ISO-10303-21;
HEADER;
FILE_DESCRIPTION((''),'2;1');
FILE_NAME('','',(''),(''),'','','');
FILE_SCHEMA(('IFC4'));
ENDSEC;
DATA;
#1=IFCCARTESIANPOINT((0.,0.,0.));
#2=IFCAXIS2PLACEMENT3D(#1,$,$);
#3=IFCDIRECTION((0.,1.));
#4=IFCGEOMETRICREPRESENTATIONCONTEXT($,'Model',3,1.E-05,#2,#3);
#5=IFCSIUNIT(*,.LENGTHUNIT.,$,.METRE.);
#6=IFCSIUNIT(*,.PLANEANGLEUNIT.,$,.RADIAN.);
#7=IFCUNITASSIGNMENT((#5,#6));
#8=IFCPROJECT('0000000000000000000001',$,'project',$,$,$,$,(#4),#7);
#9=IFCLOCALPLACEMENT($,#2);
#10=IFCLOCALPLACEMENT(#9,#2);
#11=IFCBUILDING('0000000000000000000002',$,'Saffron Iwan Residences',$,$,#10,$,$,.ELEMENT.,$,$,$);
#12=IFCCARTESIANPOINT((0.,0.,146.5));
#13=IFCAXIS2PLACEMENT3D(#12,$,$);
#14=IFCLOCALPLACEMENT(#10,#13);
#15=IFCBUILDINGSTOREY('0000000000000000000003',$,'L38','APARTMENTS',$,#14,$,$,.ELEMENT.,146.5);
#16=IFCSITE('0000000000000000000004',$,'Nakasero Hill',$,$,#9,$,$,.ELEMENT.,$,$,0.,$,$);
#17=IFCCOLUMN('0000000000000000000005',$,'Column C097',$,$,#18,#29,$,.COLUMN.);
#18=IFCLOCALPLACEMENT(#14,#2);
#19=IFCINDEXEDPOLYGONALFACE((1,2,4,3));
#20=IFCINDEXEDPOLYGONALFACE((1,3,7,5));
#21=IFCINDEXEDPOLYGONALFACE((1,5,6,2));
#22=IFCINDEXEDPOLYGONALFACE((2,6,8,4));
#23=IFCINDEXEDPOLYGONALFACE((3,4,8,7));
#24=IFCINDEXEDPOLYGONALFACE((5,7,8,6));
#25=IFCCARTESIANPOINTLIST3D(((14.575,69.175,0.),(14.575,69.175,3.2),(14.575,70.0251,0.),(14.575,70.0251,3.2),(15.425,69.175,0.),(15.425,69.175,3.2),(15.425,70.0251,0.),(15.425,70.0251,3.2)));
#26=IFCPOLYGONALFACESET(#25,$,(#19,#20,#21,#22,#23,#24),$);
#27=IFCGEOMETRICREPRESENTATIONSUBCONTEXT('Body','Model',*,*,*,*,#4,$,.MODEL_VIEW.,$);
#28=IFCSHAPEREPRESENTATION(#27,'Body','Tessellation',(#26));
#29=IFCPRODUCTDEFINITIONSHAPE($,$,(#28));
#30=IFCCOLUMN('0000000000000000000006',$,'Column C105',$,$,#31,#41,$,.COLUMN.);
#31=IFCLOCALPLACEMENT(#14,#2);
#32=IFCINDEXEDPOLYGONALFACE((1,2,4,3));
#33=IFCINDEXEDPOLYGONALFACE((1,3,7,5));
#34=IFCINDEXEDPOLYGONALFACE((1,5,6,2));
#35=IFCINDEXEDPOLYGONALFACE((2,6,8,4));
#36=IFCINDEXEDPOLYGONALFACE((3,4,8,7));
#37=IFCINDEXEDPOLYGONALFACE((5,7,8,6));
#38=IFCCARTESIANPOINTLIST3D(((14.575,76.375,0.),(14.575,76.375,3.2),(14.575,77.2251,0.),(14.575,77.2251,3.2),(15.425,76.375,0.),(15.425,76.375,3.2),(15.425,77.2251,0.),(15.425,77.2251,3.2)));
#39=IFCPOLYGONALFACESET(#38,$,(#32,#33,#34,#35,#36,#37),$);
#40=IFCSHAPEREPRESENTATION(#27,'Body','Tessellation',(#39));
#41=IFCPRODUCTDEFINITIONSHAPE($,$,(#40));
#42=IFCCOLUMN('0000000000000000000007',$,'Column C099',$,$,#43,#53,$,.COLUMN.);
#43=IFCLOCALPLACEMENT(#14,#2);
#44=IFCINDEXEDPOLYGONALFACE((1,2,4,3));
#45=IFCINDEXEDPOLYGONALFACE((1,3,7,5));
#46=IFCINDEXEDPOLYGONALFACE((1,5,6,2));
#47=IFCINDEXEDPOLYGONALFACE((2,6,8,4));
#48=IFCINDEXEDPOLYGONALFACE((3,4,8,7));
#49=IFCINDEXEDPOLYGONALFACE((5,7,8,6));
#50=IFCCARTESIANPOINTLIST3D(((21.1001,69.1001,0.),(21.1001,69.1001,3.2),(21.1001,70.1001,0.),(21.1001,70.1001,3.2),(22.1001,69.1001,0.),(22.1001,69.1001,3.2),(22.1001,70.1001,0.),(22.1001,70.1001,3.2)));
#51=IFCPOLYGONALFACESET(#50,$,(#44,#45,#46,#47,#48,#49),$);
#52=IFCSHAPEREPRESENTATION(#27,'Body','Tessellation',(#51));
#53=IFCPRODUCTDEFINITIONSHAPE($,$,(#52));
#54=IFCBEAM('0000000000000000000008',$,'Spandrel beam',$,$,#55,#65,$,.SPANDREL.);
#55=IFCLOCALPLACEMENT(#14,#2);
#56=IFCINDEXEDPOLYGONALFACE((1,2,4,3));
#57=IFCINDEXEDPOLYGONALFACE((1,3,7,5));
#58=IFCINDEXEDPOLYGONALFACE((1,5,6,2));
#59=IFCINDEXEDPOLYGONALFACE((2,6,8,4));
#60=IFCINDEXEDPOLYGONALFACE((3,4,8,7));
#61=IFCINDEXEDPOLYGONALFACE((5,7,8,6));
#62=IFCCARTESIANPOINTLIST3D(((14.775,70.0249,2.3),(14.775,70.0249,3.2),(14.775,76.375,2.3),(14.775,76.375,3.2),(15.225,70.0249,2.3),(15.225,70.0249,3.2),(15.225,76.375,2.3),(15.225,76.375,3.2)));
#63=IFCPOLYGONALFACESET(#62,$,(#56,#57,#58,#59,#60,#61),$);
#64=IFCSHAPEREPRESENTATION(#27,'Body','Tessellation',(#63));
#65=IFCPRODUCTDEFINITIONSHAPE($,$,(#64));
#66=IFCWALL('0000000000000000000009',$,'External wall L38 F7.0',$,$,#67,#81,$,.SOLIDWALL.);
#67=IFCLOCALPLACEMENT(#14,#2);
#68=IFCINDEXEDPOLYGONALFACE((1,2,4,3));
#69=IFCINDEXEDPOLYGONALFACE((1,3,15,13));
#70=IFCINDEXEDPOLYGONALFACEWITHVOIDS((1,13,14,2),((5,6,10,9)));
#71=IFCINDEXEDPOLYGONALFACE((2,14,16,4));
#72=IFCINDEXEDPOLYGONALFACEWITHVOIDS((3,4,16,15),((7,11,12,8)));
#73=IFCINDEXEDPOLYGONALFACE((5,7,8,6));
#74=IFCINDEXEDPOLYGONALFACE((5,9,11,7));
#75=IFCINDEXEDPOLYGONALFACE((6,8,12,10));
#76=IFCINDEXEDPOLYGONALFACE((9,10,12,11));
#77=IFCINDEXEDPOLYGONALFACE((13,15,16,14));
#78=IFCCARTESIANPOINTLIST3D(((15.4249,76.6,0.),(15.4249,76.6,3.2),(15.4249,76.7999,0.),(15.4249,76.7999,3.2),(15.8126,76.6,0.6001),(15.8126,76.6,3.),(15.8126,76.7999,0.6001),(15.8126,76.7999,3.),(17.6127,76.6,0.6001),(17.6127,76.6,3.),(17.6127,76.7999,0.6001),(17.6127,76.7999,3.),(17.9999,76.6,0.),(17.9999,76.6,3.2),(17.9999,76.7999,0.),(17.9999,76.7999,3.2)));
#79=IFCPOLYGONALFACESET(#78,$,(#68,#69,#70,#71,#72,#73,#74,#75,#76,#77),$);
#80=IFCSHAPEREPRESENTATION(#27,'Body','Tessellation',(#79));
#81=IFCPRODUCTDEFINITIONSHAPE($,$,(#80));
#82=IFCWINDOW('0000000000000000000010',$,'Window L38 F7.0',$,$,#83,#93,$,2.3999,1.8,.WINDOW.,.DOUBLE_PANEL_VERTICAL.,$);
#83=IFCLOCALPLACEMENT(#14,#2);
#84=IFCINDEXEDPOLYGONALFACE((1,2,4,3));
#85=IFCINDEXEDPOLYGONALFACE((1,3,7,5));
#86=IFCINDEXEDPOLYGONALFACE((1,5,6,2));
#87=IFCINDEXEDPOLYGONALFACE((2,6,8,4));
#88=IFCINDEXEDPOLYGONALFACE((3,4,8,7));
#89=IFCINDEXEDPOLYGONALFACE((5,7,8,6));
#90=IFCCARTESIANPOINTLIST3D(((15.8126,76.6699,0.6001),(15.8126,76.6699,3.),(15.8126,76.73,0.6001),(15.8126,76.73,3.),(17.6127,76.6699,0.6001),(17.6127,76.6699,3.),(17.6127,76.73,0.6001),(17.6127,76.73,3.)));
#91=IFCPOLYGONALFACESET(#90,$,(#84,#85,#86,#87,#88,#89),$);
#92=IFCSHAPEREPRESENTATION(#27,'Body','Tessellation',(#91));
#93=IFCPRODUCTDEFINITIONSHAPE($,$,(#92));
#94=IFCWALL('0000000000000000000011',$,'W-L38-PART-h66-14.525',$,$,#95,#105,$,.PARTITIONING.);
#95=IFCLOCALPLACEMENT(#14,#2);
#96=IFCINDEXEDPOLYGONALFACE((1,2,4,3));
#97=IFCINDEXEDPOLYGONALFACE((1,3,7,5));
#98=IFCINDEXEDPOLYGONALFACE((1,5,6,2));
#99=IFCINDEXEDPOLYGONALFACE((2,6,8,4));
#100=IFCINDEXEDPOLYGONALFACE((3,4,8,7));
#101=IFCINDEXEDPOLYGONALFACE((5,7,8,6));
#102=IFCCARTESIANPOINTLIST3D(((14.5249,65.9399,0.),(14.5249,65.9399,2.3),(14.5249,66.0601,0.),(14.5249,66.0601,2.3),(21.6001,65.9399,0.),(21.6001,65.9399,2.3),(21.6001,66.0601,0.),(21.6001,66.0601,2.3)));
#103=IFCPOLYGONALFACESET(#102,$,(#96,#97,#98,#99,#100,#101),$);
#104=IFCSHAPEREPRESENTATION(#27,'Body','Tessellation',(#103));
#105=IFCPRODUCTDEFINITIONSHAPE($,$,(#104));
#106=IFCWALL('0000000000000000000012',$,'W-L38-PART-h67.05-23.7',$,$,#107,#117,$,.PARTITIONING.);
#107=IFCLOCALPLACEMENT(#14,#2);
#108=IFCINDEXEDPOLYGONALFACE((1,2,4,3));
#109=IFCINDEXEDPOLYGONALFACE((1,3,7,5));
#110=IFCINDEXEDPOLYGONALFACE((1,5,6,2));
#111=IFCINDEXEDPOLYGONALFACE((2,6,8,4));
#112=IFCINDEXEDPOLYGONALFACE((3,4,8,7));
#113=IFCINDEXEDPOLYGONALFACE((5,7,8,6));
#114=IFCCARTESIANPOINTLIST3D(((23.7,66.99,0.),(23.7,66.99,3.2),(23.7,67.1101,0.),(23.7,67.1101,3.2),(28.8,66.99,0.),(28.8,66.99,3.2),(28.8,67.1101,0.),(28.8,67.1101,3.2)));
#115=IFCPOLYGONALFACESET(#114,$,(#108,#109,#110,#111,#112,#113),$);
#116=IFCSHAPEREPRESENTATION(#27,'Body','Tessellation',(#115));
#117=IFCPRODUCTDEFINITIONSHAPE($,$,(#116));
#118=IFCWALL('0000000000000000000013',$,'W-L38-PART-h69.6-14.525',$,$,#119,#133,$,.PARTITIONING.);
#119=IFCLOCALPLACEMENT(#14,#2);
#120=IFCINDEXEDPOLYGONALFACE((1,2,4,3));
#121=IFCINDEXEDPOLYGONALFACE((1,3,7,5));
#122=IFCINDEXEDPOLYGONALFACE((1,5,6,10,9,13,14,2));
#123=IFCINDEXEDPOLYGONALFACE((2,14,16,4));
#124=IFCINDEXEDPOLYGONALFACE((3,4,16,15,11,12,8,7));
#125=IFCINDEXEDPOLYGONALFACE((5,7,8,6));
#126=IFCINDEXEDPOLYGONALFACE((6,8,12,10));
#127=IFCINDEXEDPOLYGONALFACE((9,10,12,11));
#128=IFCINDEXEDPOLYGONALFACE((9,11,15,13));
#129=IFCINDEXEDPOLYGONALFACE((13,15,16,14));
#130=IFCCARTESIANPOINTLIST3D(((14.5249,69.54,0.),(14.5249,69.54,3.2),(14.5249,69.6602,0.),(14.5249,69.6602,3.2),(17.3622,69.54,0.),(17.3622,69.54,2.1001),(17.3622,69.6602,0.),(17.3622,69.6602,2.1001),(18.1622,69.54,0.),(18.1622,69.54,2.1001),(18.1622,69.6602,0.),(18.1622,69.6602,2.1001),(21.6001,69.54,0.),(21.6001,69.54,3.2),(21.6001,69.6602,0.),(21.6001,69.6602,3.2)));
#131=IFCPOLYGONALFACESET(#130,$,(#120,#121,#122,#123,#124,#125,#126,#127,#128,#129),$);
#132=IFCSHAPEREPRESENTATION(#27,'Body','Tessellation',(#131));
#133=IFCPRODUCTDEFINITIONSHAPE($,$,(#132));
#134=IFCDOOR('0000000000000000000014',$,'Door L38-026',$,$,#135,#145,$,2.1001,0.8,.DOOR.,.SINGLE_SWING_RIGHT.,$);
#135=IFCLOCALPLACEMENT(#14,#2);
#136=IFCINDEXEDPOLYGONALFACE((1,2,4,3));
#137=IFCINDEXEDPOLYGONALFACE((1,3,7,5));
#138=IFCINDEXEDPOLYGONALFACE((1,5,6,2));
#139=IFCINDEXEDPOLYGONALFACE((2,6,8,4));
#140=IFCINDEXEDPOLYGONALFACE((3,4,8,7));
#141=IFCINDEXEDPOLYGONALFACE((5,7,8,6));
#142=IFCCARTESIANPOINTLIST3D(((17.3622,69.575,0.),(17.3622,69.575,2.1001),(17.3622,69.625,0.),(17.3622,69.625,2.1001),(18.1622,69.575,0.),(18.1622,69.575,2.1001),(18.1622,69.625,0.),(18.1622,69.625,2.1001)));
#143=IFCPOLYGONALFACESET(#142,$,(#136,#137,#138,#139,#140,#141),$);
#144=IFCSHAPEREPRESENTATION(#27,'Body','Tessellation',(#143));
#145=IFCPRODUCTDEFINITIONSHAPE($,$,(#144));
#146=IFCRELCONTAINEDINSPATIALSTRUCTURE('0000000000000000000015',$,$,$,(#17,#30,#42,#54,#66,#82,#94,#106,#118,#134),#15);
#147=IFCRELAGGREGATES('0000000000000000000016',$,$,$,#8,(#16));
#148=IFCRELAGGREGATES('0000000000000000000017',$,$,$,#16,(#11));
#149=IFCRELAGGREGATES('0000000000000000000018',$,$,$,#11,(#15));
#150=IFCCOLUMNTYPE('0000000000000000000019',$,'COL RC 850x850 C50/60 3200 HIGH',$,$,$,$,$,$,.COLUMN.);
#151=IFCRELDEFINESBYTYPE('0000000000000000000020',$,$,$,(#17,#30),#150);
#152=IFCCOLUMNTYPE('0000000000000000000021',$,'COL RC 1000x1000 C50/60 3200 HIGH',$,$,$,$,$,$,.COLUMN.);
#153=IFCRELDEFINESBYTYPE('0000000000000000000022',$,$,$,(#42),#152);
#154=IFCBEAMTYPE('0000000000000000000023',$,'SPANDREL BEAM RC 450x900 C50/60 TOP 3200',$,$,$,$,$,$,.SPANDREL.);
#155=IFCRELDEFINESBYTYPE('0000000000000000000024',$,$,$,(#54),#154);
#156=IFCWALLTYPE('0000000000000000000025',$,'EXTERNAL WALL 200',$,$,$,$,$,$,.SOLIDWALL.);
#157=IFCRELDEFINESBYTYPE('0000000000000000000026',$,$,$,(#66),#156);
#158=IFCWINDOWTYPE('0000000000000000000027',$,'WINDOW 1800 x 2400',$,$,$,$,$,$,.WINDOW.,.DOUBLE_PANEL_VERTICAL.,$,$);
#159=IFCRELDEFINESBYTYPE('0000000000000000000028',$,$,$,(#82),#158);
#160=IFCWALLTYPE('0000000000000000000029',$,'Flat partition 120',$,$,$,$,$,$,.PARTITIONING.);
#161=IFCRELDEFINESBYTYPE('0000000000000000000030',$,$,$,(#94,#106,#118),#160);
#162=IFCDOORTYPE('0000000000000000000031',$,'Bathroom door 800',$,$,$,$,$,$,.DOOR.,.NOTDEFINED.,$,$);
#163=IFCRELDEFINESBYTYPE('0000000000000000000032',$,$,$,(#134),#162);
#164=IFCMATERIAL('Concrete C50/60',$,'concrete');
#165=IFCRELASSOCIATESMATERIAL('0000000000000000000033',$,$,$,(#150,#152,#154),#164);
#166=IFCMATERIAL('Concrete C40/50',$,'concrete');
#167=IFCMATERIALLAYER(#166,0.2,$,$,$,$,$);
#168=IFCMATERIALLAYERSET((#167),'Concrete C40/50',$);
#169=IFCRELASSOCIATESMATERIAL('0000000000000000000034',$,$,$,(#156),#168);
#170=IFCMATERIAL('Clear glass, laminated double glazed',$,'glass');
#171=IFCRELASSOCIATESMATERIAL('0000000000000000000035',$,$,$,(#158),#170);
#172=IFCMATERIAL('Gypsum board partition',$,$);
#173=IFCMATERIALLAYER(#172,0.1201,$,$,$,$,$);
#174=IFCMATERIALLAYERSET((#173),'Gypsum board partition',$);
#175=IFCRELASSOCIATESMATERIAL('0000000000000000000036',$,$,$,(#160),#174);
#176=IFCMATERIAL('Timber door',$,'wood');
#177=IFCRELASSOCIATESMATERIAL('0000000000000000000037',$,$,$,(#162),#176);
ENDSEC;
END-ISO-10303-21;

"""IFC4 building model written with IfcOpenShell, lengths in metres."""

from ifc_helpers import new_model, si_unit, direction, frame, frame_2d, origin, origin_2d, place, context, subcontext, project, spatial, rectangle, extrude, source, transform, mapped, material, layer, layer_set, material_profile, profile_set, type_object, element, fill, save


model = new_model("IFC4")

# Units and contexts
model_context = context("Model", 3, precision=1e-05, world=origin(), true_north=direction((0.0, 1.0)))
body_context = subcontext(model_context, "Body", "Model", "MODEL_VIEW")
ifc_project = project(units=[si_unit("LENGTHUNIT", "METRE"), si_unit("PLANEANGLEUNIT", "RADIAN")], contexts=[model_context])

# Site, building, storey
site_placement = place(None, origin())
site = spatial("IfcSite", under=ifc_project, at=site_placement, Name="Nakasero Hill", CompositionType="ELEMENT", RefElevation=0.0)
building_placement = place(site_placement, origin())
building = spatial("IfcBuilding", under=site, at=building_placement, Name="Saffron Iwan Residences", CompositionType="ELEMENT")
storey_placement = place(building_placement, frame((0.0, 0.0, 146.5)))
storey = spatial("IfcBuildingStorey", under=building, at=storey_placement, Name="L38", Description="APARTMENTS", CompositionType="ELEMENT", Elevation=146.5)

# Columns
ifc_material_1 = material(Name="Concrete C50/60", Category="concrete")
ifc_material_profile_1 = material_profile(ifc_material_1, rectangle(XDim=0.8501, YDim=0.8501, at=origin_2d()), Name="RC 850x850")
ifc_profile_set_1 = profile_set([ifc_material_profile_1], Name="Concrete C50/60")
column_type_1 = type_object("IfcColumnType", Name="COL RC 850x850 C50/60 3200 HIGH", PredefinedType="COLUMN", material=ifc_profile_set_1)
shared_shape_1 = source(origin(), body_context, "Body", "SweptSolid", [
    extrude(rectangle(XDim=0.8501, YDim=0.8501, at=origin_2d()), origin(), (0.0, 0.0, 1.0), 3.2),
])
for number, where, z_axis, x_axis, name in (
    (1, (15.0, 69.6001, 0.0), (0.0, 0.0, 1.0), (1.0, 0.0, 0.0), "Column C097"),
    (2, (15.0, 76.8, 0.0), (0.0, 0.0, 1.0), (1.0, 0.0, 0.0), "Column C105"),
):
    element("IfcColumn", number, at=place(storey_placement, frame(where, z_axis=z_axis, x_axis=x_axis)), inside=storey, type_object=column_type_1, Name=name, PredefinedType="COLUMN", context=body_context, shape_type="MappedRepresentation", body=[
        mapped(shared_shape_1, transform((0.0, 0.0, 0.0))),
    ])
ifc_material_profile_2 = material_profile(ifc_material_1, rectangle(XDim=1.0, YDim=1.0, at=origin_2d()), Name="RC 1000x1000")
ifc_profile_set_2 = profile_set([ifc_material_profile_2], Name="Concrete C50/60")
column_type_2 = type_object("IfcColumnType", Name="COL RC 1000x1000 C50/60 3200 HIGH", PredefinedType="COLUMN", material=ifc_profile_set_2)
shared_shape_2 = source(origin(), body_context, "Body", "SweptSolid", [
    extrude(rectangle(XDim=1.0, YDim=1.0, at=origin_2d()), origin(), (0.0, 0.0, 1.0), 3.2),
])
column_placement = place(storey_placement, frame((21.6001, 69.6001, 0.0), z_axis=(0.0, 0.0, 1.0), x_axis=(1.0, 0.0, 0.0)))
element("IfcColumn", 3, at=column_placement, inside=storey, type_object=column_type_2, Name="Column C099", PredefinedType="COLUMN", context=body_context, shape_type="MappedRepresentation", body=[
    mapped(shared_shape_2, transform((0.0, 0.0, 0.0))),
])

# Beam
ifc_material_profile_3 = material_profile(ifc_material_1, rectangle(XDim=0.45, YDim=0.8999, at=origin_2d()), Name="RC 450x900")
ifc_profile_set_3 = profile_set([ifc_material_profile_3], Name="Concrete C50/60")
beam_type = type_object("IfcBeamType", Name="SPANDREL BEAM RC 450x900 C50/60 TOP 3200", PredefinedType="SPANDREL", material=ifc_profile_set_3)
shared_shape_3 = source(origin(), body_context, "Body", "SweptSolid", [
    extrude(rectangle(XDim=0.45, YDim=0.8999, at=origin_2d()), origin(), (0.0, 0.0, 1.0), 6.3501),
])
beam_placement = place(storey_placement, frame((15.0, 70.0249, 2.75), z_axis=(0.0, 1.0, 0.0), x_axis=(-1.0, 0.0, 0.0)))
element("IfcBeam", 4, at=beam_placement, inside=storey, type_object=beam_type, Name="Spandrel beam", PredefinedType="SPANDREL", context=body_context, shape_type="MappedRepresentation", body=[
    mapped(shared_shape_3, transform((0.0, 0.0, 0.0))),
])

# Wall, opening, window
ifc_material_2 = material(Name="Concrete C40/50", Category="concrete")
ifc_layer_1 = layer(ifc_material_2, 0.2)
ifc_layer_set_1 = layer_set([ifc_layer_1], Name="Concrete C40/50")
wall_type_1 = type_object("IfcWallType", Name="EXTERNAL WALL 200", PredefinedType="SOLIDWALL", material=ifc_layer_set_1)
wall_1_placement = place(storey_placement, frame((18.0, 76.7, 0.0), z_axis=(0.0, 0.0, 1.0), x_axis=(-1.0, 0.0, 0.0)))
wall_1 = element("IfcWall", 5, at=wall_1_placement, inside=storey, type_object=wall_type_1, Name="External wall L38 F7.0", PredefinedType="SOLIDWALL", context=body_context, shape_type="SweptSolid", body=[
    extrude(rectangle(XDim=2.575, YDim=0.2, at=frame_2d((1.2876, 0.0))), origin(), (0.0, 0.0, 1.0), 3.2),
])
opening_1_placement = place(wall_1_placement, frame((0.3875, 0.0, 0.6001)))
opening_1 = element("IfcOpeningElement", 6, at=opening_1_placement, cuts=wall_1, PredefinedType="OPENING", context=body_context, shape_type="SweptSolid", body=[
    extrude(rectangle(XDim=1.8, YDim=2.3999, at=frame_2d((0.8999, 1.2))), frame((0.0, 0.1099, 0.0), z_axis=(0.0, -1.0, 0.0), x_axis=(1.0, 0.0, 0.0)), (0.0, 0.0, 1.0), 0.22),
])
ifc_material_3 = material(Name="Clear glass, laminated double glazed", Category="glass")
window_type_1 = type_object("IfcWindowType", Name="WINDOW 1800 x 2400", PartitioningType="DOUBLE_PANEL_VERTICAL", PredefinedType="WINDOW", material=ifc_material_3)
window_1_placement = place(opening_1_placement, origin())
window_1 = element("IfcWindow", 7, at=window_1_placement, inside=storey, type_object=window_type_1, Name="Window L38 F7.0", OverallHeight=2.3999, OverallWidth=1.8, PartitioningType="DOUBLE_PANEL_VERTICAL", PredefinedType="WINDOW", context=body_context, shape_type="SweptSolid", body=[
    extrude(rectangle(XDim=1.8, YDim=2.3999, at=frame_2d((0.8999, 1.2))), frame((0.0, 0.03, 0.0), z_axis=(0.0, -1.0, 0.0), x_axis=(1.0, 0.0, 0.0)), (0.0, 0.0, 1.0), 0.0601),
])
fill(opening_1, window_1)

# Walls
ifc_material_4 = material(Name="Gypsum board partition")
ifc_layer_2 = layer(ifc_material_4, 0.1201)
ifc_layer_set_2 = layer_set([ifc_layer_2], Name="Gypsum board partition")
wall_type_2 = type_object("IfcWallType", Name="Flat partition 120", PredefinedType="PARTITIONING", material=ifc_layer_set_2)
wall_2_placement = place(storey_placement, frame((14.5249, 66.0, 0.0), z_axis=(0.0, 0.0, 1.0), x_axis=(1.0, 0.0, 0.0)))
element("IfcWall", 8, at=wall_2_placement, inside=storey, type_object=wall_type_2, Name="W-L38-PART-h66-14.525", PredefinedType="PARTITIONING", context=body_context, shape_type="SweptSolid", body=[
    extrude(rectangle(XDim=7.0752, YDim=0.1201, at=frame_2d((3.5376, 0.0))), origin(), (0.0, 0.0, 1.0), 2.3),
])
wall_3_placement = place(storey_placement, frame((23.7, 67.05, 0.0), z_axis=(0.0, 0.0, 1.0), x_axis=(1.0, 0.0, 0.0)))
element("IfcWall", 9, at=wall_3_placement, inside=storey, type_object=wall_type_2, Name="W-L38-PART-h67.05-23.7", PredefinedType="PARTITIONING", context=body_context, shape_type="SweptSolid", body=[
    extrude(rectangle(XDim=5.1001, YDim=0.1201, at=frame_2d((2.55, 0.0))), origin(), (0.0, 0.0, 1.0), 3.2),
])

# Wall, opening, door
wall_4_placement = place(storey_placement, frame((14.5249, 69.6001, 0.0), z_axis=(0.0, 0.0, 1.0), x_axis=(1.0, 0.0, 0.0)))
wall_4 = element("IfcWall", 10, at=wall_4_placement, inside=storey, type_object=wall_type_2, Name="W-L38-PART-h69.6-14.525", PredefinedType="PARTITIONING", context=body_context, shape_type="SweptSolid", body=[
    extrude(rectangle(XDim=7.0752, YDim=0.1201, at=frame_2d((3.5376, 0.0))), origin(), (0.0, 0.0, 1.0), 3.2),
])
opening_2_placement = place(wall_4_placement, frame((2.8374, 0.0, 0.0)))
opening_2 = element("IfcOpeningElement", 11, at=opening_2_placement, cuts=wall_4, PredefinedType="OPENING", context=body_context, shape_type="SweptSolid", body=[
    extrude(rectangle(XDim=0.8, YDim=2.1001, at=frame_2d((0.3999, 1.05))), frame((0.0, 0.0701, 0.0), z_axis=(0.0, -1.0, 0.0), x_axis=(1.0, 0.0, 0.0)), (0.0, 0.0, 1.0), 0.1401),
])
ifc_material_5 = material(Name="Timber door", Category="wood")
door_type_1 = type_object("IfcDoorType", Name="Bathroom door 800", OperationType="NOTDEFINED", PredefinedType="DOOR", material=ifc_material_5)
door_1_placement = place(opening_2_placement, origin())
door_1 = element("IfcDoor", 12, at=door_1_placement, inside=storey, type_object=door_type_1, Name="Door L38-026", OperationType="SINGLE_SWING_RIGHT", OverallHeight=2.1001, OverallWidth=0.8, PredefinedType="DOOR", context=body_context, shape_type="SweptSolid", body=[
    extrude(rectangle(XDim=0.8, YDim=2.1001, at=frame_2d((0.3999, 1.05))), frame((0.0, 0.0249, 0.0), z_axis=(0.0, -1.0, 0.0), x_axis=(1.0, 0.0, 0.0)), (0.0, 0.0, 1.0), 0.05),
])
fill(opening_2, door_1)

save(model, "model.ifc")
